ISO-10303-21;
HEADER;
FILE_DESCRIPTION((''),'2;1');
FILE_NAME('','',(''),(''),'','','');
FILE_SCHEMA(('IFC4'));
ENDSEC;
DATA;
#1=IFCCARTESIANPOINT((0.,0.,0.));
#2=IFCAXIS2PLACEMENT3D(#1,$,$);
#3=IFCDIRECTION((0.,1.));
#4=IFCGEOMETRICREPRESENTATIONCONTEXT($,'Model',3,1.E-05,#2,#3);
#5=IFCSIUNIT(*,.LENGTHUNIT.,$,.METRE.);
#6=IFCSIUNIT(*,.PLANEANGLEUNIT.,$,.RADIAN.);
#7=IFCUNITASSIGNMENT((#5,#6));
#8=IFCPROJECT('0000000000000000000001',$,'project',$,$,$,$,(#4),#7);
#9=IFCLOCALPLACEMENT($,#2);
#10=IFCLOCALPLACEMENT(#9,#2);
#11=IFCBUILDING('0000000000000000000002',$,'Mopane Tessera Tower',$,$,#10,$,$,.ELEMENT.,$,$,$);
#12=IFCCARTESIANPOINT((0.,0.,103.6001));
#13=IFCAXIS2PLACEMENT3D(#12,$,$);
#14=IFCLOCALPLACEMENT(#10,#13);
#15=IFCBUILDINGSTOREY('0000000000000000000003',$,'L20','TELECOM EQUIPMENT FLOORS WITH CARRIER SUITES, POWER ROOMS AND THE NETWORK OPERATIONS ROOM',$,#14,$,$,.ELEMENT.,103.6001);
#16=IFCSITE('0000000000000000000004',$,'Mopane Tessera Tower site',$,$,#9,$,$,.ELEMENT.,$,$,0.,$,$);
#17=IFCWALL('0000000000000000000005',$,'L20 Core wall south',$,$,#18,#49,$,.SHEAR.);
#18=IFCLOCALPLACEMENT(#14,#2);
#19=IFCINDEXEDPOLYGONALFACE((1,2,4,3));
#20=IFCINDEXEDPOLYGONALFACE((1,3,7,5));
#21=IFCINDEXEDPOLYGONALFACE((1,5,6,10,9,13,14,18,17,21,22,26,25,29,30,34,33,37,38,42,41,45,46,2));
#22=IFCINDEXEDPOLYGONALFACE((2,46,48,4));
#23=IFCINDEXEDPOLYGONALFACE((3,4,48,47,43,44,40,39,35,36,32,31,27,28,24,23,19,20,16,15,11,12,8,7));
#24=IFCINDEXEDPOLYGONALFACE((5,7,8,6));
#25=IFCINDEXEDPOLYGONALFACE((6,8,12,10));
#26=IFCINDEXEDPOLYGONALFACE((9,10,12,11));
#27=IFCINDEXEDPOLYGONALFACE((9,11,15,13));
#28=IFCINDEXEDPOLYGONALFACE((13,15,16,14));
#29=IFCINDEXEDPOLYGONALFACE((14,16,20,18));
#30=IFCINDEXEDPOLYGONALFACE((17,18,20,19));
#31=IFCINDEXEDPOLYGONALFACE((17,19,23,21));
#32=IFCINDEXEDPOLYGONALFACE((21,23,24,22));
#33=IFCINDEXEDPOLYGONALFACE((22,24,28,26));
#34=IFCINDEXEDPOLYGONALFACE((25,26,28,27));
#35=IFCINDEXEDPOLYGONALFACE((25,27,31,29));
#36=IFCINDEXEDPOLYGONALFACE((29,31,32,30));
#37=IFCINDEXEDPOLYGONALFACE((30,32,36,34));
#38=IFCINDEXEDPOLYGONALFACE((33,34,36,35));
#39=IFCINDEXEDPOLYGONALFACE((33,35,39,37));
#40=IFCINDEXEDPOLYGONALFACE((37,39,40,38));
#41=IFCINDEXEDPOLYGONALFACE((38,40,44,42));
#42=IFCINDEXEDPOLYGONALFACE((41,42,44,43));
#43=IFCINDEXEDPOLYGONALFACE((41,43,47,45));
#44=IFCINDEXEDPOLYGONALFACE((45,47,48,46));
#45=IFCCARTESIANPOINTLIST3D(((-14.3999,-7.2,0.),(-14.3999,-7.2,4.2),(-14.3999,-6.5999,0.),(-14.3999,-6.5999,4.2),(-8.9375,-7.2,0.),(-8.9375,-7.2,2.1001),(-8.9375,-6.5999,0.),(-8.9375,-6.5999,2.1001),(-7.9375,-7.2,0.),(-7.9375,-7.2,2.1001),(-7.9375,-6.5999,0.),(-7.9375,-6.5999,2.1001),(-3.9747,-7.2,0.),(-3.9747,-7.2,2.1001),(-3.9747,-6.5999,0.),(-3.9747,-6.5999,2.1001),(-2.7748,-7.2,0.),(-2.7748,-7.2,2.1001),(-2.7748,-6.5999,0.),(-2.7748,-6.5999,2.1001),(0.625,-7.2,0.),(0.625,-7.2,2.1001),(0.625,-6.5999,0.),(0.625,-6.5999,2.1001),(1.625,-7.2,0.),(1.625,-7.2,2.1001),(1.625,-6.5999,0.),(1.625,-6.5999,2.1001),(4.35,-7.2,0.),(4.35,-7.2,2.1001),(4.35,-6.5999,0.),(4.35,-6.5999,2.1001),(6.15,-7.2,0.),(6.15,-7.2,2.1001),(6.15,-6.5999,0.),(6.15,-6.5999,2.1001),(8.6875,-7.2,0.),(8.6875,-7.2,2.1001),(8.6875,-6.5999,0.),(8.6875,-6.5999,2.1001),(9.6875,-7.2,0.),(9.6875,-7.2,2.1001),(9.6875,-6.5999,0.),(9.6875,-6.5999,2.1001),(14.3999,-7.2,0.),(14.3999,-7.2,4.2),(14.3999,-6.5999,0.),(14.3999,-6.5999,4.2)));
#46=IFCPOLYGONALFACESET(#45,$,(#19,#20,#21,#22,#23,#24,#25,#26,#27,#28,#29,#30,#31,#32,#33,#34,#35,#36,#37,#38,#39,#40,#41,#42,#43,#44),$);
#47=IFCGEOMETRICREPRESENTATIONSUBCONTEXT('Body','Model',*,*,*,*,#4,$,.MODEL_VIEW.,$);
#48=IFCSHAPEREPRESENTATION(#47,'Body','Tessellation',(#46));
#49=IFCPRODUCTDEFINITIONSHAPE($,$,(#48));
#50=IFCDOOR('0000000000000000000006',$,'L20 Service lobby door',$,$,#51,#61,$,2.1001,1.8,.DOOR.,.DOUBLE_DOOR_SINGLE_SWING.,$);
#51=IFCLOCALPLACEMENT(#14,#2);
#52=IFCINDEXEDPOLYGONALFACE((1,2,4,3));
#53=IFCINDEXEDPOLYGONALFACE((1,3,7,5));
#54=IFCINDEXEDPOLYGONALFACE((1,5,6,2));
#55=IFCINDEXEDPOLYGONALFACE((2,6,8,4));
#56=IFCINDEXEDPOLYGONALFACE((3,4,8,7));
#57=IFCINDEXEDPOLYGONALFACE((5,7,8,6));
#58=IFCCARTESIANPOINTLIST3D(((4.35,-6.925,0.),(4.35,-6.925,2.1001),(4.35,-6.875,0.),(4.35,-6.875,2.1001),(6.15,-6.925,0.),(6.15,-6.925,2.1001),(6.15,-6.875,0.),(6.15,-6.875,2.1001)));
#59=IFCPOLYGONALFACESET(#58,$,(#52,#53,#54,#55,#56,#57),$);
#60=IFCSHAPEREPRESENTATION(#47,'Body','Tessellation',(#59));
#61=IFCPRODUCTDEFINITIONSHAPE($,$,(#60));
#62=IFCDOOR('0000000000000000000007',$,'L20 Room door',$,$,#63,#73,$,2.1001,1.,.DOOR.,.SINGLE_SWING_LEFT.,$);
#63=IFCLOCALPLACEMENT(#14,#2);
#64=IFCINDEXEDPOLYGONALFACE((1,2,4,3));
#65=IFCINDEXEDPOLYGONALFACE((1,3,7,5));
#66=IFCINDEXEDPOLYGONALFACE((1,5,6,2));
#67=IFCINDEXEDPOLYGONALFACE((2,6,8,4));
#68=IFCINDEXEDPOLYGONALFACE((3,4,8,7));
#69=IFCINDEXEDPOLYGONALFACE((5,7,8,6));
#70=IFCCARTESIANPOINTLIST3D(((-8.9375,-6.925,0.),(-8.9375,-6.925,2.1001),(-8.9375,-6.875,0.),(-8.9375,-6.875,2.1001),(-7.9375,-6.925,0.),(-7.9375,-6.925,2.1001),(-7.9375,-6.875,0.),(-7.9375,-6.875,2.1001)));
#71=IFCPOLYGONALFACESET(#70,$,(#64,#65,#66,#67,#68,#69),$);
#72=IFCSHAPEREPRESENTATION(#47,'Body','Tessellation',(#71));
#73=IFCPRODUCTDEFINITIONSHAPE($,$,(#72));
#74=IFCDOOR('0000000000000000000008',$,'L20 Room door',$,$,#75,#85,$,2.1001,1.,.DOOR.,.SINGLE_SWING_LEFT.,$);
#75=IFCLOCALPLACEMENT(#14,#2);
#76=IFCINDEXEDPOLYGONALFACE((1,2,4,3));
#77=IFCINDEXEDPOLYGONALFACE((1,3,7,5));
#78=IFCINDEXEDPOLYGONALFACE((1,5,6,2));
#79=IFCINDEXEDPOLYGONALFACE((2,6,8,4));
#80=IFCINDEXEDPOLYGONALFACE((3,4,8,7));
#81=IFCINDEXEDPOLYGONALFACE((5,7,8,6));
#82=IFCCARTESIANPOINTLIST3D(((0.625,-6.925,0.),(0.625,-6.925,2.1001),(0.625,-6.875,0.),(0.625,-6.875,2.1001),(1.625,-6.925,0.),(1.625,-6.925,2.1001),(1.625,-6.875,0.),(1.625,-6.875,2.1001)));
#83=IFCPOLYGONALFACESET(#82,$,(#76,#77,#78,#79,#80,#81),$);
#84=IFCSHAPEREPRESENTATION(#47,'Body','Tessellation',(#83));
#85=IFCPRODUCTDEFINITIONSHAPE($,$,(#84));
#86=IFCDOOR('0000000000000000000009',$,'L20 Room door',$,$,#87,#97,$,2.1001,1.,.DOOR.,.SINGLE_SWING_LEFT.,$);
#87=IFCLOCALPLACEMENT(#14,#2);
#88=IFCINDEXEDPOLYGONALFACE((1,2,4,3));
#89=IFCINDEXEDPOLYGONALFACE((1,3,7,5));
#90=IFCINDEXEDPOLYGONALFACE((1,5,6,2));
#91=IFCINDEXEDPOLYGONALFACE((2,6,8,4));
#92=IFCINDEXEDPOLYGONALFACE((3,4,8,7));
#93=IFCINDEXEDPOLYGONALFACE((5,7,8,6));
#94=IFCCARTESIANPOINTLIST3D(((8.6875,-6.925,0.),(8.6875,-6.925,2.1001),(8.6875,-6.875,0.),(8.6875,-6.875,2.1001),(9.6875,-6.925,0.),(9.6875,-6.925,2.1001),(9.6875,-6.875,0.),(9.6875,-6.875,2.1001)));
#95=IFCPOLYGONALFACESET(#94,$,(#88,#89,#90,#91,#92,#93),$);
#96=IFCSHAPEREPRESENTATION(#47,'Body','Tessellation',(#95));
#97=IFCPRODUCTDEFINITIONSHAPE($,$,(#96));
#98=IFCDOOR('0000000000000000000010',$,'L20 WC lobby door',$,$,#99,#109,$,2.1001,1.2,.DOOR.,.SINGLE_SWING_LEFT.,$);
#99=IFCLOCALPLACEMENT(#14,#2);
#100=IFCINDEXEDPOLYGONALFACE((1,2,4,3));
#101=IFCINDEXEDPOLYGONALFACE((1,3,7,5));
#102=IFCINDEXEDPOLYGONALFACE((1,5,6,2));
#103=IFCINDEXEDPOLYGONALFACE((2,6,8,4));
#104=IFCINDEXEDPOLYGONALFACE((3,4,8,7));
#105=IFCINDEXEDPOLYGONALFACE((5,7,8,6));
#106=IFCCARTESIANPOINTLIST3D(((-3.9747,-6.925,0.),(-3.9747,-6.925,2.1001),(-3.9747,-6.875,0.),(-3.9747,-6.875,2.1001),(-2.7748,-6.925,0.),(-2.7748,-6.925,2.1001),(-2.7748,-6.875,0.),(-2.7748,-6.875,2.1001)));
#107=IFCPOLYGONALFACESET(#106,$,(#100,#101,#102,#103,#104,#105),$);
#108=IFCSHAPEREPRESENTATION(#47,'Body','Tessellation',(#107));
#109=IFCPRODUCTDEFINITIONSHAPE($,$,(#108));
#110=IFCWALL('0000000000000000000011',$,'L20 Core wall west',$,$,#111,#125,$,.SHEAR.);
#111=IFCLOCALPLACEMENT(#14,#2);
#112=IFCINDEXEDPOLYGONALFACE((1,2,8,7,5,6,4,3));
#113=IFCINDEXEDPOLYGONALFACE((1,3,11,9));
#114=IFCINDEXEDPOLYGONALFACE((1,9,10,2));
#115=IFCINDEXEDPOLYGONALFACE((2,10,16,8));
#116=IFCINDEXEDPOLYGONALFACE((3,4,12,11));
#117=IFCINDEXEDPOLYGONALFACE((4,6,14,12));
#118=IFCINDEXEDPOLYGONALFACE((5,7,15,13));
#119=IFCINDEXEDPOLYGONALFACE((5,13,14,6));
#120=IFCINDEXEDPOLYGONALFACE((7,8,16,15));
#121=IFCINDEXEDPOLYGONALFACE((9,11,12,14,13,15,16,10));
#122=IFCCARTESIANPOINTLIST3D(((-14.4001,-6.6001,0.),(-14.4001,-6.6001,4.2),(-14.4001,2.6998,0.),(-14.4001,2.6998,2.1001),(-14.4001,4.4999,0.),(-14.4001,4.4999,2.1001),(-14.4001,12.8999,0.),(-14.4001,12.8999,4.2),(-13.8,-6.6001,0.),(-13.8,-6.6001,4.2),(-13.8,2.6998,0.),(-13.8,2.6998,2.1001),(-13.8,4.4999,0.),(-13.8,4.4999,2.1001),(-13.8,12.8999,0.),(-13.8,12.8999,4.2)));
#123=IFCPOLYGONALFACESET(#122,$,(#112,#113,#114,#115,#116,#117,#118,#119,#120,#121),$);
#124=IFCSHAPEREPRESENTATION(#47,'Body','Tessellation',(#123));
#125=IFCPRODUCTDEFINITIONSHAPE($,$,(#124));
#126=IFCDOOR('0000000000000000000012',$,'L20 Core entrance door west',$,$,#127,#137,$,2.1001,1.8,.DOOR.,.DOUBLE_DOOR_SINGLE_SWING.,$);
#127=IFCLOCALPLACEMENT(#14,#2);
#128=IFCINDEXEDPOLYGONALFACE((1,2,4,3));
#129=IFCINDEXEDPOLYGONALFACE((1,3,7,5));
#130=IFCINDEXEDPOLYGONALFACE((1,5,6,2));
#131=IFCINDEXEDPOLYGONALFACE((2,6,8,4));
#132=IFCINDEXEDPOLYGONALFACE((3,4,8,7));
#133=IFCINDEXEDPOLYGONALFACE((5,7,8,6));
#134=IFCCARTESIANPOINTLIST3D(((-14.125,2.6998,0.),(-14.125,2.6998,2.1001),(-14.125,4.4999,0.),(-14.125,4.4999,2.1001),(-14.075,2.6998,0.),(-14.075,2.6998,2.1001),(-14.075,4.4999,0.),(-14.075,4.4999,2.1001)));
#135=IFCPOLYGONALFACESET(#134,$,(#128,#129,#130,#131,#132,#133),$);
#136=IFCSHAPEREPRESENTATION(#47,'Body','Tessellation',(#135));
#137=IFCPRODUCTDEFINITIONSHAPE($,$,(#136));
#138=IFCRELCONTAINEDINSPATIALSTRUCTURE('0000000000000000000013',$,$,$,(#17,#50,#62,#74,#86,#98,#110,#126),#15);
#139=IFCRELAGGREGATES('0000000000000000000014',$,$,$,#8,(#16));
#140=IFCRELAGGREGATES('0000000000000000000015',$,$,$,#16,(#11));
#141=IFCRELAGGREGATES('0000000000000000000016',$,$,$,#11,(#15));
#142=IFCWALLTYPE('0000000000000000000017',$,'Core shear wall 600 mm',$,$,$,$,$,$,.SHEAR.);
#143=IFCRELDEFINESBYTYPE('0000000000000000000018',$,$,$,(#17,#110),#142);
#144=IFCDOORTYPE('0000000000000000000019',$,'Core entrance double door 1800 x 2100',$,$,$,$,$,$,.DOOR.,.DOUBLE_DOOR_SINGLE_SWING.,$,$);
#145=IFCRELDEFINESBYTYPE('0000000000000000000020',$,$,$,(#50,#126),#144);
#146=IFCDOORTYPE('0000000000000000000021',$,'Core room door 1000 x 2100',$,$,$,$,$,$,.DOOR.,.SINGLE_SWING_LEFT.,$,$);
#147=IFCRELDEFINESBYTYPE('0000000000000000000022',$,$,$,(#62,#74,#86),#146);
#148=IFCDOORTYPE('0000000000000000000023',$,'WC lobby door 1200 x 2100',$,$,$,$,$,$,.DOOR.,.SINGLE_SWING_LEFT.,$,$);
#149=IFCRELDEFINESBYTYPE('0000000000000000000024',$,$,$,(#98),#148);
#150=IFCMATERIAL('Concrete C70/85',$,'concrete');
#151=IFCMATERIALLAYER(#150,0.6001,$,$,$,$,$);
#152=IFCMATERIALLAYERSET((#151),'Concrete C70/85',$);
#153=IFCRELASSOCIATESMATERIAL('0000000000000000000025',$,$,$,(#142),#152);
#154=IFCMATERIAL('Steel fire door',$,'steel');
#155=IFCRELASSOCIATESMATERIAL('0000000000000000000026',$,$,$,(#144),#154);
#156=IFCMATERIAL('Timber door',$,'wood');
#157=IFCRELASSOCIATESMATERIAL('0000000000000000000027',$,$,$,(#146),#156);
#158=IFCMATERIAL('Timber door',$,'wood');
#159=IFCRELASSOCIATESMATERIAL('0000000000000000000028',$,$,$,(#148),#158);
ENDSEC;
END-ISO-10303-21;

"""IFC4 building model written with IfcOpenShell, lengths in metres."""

from ifc_helpers import new_model, si_unit, direction, frame, frame_2d, origin, place, context, subcontext, project, spatial, rectangle, extrude, material, layer, layer_set, type_object, element, fill, save


model = new_model("IFC4")

# Units and contexts
model_context = context("Model", 3, precision=1e-05, world=origin(), true_north=direction((0.0, 1.0)))
body_context = subcontext(model_context, "Body", "Model", "MODEL_VIEW")
ifc_project = project(units=[si_unit("LENGTHUNIT", "METRE"), si_unit("PLANEANGLEUNIT", "RADIAN")], contexts=[model_context])

# Site, building, storey
site_placement = place(None, origin())
site = spatial("IfcSite", under=ifc_project, at=site_placement, Name="Mopane Tessera Tower site", CompositionType="ELEMENT", RefElevation=0.0)
building_placement = place(site_placement, origin())
building = spatial("IfcBuilding", under=site, at=building_placement, Name="Mopane Tessera Tower", CompositionType="ELEMENT")
storey_placement = place(building_placement, frame((0.0, 0.0, 103.6001)))
storey = spatial("IfcBuildingStorey", under=building, at=storey_placement, Name="L20", Description="TELECOM EQUIPMENT FLOORS WITH CARRIER SUITES, POWER ROOMS AND THE NETWORK OPERATIONS ROOM", CompositionType="ELEMENT", Elevation=103.6001)

# Wall, openings, doors
ifc_material_1 = material(Name="Concrete C70/85", Category="concrete")
ifc_layer_1 = layer(ifc_material_1, 0.6001)
ifc_layer_set_1 = layer_set([ifc_layer_1], Name="Concrete C70/85")
wall_type_1 = type_object("IfcWallType", Name="Core shear wall 600 mm", PredefinedType="SHEAR", material=ifc_layer_set_1)
wall_1_placement = place(storey_placement, frame((-14.3999, -6.8999, 0.0), z_axis=(0.0, 0.0, 1.0), x_axis=(1.0, 0.0, 0.0)))
wall_1 = element("IfcWall", 1, at=wall_1_placement, inside=storey, type_object=wall_type_1, Name="L20 Core wall south", PredefinedType="SHEAR", context=body_context, shape_type="SweptSolid", body=[
    extrude(rectangle(XDim=28.7998, YDim=0.6001, at=frame_2d((14.3999, 0.0))), origin(), (0.0, 0.0, 1.0), 4.2),
])
opening_1_placement = place(wall_1_placement, frame((5.4624, 0.0, 0.0)))
opening_1 = element("IfcOpeningElement", 2, at=opening_1_placement, cuts=wall_1, PredefinedType="OPENING", context=body_context, shape_type="SweptSolid", body=[
    extrude(rectangle(XDim=1.0, YDim=2.1001, at=frame_2d((0.5, 1.05))), frame((0.0, 0.312, 0.0), z_axis=(0.0, -1.0, 0.0), x_axis=(1.0, 0.0, 0.0)), (0.0, 0.0, 1.0), 0.624),
])
opening_2_placement = place(wall_1_placement, frame((10.425, 0.0, 0.0)))
opening_2 = element("IfcOpeningElement", 3, at=opening_2_placement, cuts=wall_1, PredefinedType="OPENING", context=body_context, shape_type="SweptSolid", body=[
    extrude(rectangle(XDim=1.2, YDim=2.1001, at=frame_2d((0.6001, 1.05))), frame((0.0, 0.312, 0.0), z_axis=(0.0, -1.0, 0.0), x_axis=(1.0, 0.0, 0.0)), (0.0, 0.0, 1.0), 0.624),
])
opening_3_placement = place(wall_1_placement, frame((15.0249, 0.0, 0.0)))
opening_3 = element("IfcOpeningElement", 4, at=opening_3_placement, cuts=wall_1, PredefinedType="OPENING", context=body_context, shape_type="SweptSolid", body=[
    extrude(rectangle(XDim=1.0, YDim=2.1001, at=frame_2d((0.5, 1.05))), frame((0.0, 0.312, 0.0), z_axis=(0.0, -1.0, 0.0), x_axis=(1.0, 0.0, 0.0)), (0.0, 0.0, 1.0), 0.624),
])
opening_4_placement = place(wall_1_placement, frame((18.75, 0.0, 0.0)))
opening_4 = element("IfcOpeningElement", 5, at=opening_4_placement, cuts=wall_1, PredefinedType="OPENING", context=body_context, shape_type="SweptSolid", body=[
    extrude(rectangle(XDim=1.8, YDim=2.1001, at=frame_2d((0.8999, 1.05))), frame((0.0, 0.312, 0.0), z_axis=(0.0, -1.0, 0.0), x_axis=(1.0, 0.0, 0.0)), (0.0, 0.0, 1.0), 0.624),
])
opening_5_placement = place(wall_1_placement, frame((23.0874, 0.0, 0.0)))
opening_5 = element("IfcOpeningElement", 6, at=opening_5_placement, cuts=wall_1, PredefinedType="OPENING", context=body_context, shape_type="SweptSolid", body=[
    extrude(rectangle(XDim=1.0, YDim=2.1001, at=frame_2d((0.5, 1.05))), frame((0.0, 0.312, 0.0), z_axis=(0.0, -1.0, 0.0), x_axis=(1.0, 0.0, 0.0)), (0.0, 0.0, 1.0), 0.624),
])
ifc_material_2 = material(Name="Steel fire door", Category="steel")
door_type_1 = type_object("IfcDoorType", Name="Core entrance double door 1800 x 2100", OperationType="DOUBLE_DOOR_SINGLE_SWING", PredefinedType="DOOR", material=ifc_material_2)
door_1_placement = place(opening_4_placement, origin())
door_1 = element("IfcDoor", 7, at=door_1_placement, inside=storey, type_object=door_type_1, Name="L20 Service lobby door", OperationType="DOUBLE_DOOR_SINGLE_SWING", OverallHeight=2.1001, OverallWidth=1.8, PredefinedType="DOOR", context=body_context, shape_type="SweptSolid", body=[
    extrude(rectangle(XDim=1.8, YDim=2.1001, at=frame_2d((0.8999, 1.05))), frame((0.0, 0.0249, 0.0), z_axis=(0.0, -1.0, 0.0), x_axis=(1.0, 0.0, 0.0)), (0.0, 0.0, 1.0), 0.05),
])
fill(opening_4, door_1)
ifc_material_3 = material(Name="Timber door", Category="wood")
door_type_2 = type_object("IfcDoorType", Name="Core room door 1000 x 2100", OperationType="SINGLE_SWING_LEFT", PredefinedType="DOOR", material=ifc_material_3)
door_2_placement = place(opening_1_placement, origin())
door_2 = element("IfcDoor", 8, at=door_2_placement, inside=storey, type_object=door_type_2, Name="L20 Room door", OperationType="SINGLE_SWING_LEFT", OverallHeight=2.1001, OverallWidth=1.0, PredefinedType="DOOR", context=body_context, shape_type="SweptSolid", body=[
    extrude(rectangle(XDim=1.0, YDim=2.1001, at=frame_2d((0.5, 1.05))), frame((0.0, 0.0249, 0.0), z_axis=(0.0, -1.0, 0.0), x_axis=(1.0, 0.0, 0.0)), (0.0, 0.0, 1.0), 0.05),
])
fill(opening_1, door_2)
door_3_placement = place(opening_3_placement, origin())
door_3 = element("IfcDoor", 9, at=door_3_placement, inside=storey, type_object=door_type_2, Name="L20 Room door", OperationType="SINGLE_SWING_LEFT", OverallHeight=2.1001, OverallWidth=1.0, PredefinedType="DOOR", context=body_context, shape_type="SweptSolid", body=[
    extrude(rectangle(XDim=1.0, YDim=2.1001, at=frame_2d((0.5, 1.05))), frame((0.0, 0.0249, 0.0), z_axis=(0.0, -1.0, 0.0), x_axis=(1.0, 0.0, 0.0)), (0.0, 0.0, 1.0), 0.05),
])
fill(opening_3, door_3)
door_4_placement = place(opening_5_placement, origin())
door_4 = element("IfcDoor", 10, at=door_4_placement, inside=storey, type_object=door_type_2, Name="L20 Room door", OperationType="SINGLE_SWING_LEFT", OverallHeight=2.1001, OverallWidth=1.0, PredefinedType="DOOR", context=body_context, shape_type="SweptSolid", body=[
    extrude(rectangle(XDim=1.0, YDim=2.1001, at=frame_2d((0.5, 1.05))), frame((0.0, 0.0249, 0.0), z_axis=(0.0, -1.0, 0.0), x_axis=(1.0, 0.0, 0.0)), (0.0, 0.0, 1.0), 0.05),
])
fill(opening_5, door_4)
ifc_material_4 = material(Name="Timber door", Category="wood")
door_type_3 = type_object("IfcDoorType", Name="WC lobby door 1200 x 2100", OperationType="SINGLE_SWING_LEFT", PredefinedType="DOOR", material=ifc_material_4)
door_5_placement = place(opening_2_placement, origin())
door_5 = element("IfcDoor", 11, at=door_5_placement, inside=storey, type_object=door_type_3, Name="L20 WC lobby door", OperationType="SINGLE_SWING_LEFT", OverallHeight=2.1001, OverallWidth=1.2, PredefinedType="DOOR", context=body_context, shape_type="SweptSolid", body=[
    extrude(rectangle(XDim=1.2, YDim=2.1001, at=frame_2d((0.6001, 1.05))), frame((0.0, 0.0249, 0.0), z_axis=(0.0, -1.0, 0.0), x_axis=(1.0, 0.0, 0.0)), (0.0, 0.0, 1.0), 0.05),
])
fill(opening_2, door_5)

# Wall, opening, door
wall_2_placement = place(storey_placement, frame((-14.1001, -6.6001, 0.0), z_axis=(0.0, 0.0, 1.0), x_axis=(0.0, 1.0, 0.0)))
wall_2 = element("IfcWall", 12, at=wall_2_placement, inside=storey, type_object=wall_type_1, Name="L20 Core wall west", PredefinedType="SHEAR", context=body_context, shape_type="SweptSolid", body=[
    extrude(rectangle(XDim=19.5, YDim=0.6001, at=frame_2d((9.75, 0.0))), origin(), (0.0, 0.0, 1.0), 4.2),
])
opening_6_placement = place(wall_2_placement, frame((9.3, 0.0, 0.0)))
opening_6 = element("IfcOpeningElement", 13, at=opening_6_placement, cuts=wall_2, PredefinedType="OPENING", context=body_context, shape_type="SweptSolid", body=[
    extrude(rectangle(XDim=1.8, YDim=2.1001, at=frame_2d((0.8999, 1.05))), frame((0.0, 0.312, 0.0), z_axis=(0.0, -1.0, 0.0), x_axis=(1.0, 0.0, 0.0)), (0.0, 0.0, 1.0), 0.624),
])
door_6_placement = place(opening_6_placement, origin())
door_6 = element("IfcDoor", 14, at=door_6_placement, inside=storey, type_object=door_type_1, Name="L20 Core entrance door west", OperationType="DOUBLE_DOOR_SINGLE_SWING", OverallHeight=2.1001, OverallWidth=1.8, PredefinedType="DOOR", context=body_context, shape_type="SweptSolid", body=[
    extrude(rectangle(XDim=1.8, YDim=2.1001, at=frame_2d((0.8999, 1.05))), frame((0.0, 0.0249, 0.0), z_axis=(0.0, -1.0, 0.0), x_axis=(1.0, 0.0, 0.0)), (0.0, 0.0, 1.0), 0.05),
])
fill(opening_6, door_6)

save(model, "model.ifc")
